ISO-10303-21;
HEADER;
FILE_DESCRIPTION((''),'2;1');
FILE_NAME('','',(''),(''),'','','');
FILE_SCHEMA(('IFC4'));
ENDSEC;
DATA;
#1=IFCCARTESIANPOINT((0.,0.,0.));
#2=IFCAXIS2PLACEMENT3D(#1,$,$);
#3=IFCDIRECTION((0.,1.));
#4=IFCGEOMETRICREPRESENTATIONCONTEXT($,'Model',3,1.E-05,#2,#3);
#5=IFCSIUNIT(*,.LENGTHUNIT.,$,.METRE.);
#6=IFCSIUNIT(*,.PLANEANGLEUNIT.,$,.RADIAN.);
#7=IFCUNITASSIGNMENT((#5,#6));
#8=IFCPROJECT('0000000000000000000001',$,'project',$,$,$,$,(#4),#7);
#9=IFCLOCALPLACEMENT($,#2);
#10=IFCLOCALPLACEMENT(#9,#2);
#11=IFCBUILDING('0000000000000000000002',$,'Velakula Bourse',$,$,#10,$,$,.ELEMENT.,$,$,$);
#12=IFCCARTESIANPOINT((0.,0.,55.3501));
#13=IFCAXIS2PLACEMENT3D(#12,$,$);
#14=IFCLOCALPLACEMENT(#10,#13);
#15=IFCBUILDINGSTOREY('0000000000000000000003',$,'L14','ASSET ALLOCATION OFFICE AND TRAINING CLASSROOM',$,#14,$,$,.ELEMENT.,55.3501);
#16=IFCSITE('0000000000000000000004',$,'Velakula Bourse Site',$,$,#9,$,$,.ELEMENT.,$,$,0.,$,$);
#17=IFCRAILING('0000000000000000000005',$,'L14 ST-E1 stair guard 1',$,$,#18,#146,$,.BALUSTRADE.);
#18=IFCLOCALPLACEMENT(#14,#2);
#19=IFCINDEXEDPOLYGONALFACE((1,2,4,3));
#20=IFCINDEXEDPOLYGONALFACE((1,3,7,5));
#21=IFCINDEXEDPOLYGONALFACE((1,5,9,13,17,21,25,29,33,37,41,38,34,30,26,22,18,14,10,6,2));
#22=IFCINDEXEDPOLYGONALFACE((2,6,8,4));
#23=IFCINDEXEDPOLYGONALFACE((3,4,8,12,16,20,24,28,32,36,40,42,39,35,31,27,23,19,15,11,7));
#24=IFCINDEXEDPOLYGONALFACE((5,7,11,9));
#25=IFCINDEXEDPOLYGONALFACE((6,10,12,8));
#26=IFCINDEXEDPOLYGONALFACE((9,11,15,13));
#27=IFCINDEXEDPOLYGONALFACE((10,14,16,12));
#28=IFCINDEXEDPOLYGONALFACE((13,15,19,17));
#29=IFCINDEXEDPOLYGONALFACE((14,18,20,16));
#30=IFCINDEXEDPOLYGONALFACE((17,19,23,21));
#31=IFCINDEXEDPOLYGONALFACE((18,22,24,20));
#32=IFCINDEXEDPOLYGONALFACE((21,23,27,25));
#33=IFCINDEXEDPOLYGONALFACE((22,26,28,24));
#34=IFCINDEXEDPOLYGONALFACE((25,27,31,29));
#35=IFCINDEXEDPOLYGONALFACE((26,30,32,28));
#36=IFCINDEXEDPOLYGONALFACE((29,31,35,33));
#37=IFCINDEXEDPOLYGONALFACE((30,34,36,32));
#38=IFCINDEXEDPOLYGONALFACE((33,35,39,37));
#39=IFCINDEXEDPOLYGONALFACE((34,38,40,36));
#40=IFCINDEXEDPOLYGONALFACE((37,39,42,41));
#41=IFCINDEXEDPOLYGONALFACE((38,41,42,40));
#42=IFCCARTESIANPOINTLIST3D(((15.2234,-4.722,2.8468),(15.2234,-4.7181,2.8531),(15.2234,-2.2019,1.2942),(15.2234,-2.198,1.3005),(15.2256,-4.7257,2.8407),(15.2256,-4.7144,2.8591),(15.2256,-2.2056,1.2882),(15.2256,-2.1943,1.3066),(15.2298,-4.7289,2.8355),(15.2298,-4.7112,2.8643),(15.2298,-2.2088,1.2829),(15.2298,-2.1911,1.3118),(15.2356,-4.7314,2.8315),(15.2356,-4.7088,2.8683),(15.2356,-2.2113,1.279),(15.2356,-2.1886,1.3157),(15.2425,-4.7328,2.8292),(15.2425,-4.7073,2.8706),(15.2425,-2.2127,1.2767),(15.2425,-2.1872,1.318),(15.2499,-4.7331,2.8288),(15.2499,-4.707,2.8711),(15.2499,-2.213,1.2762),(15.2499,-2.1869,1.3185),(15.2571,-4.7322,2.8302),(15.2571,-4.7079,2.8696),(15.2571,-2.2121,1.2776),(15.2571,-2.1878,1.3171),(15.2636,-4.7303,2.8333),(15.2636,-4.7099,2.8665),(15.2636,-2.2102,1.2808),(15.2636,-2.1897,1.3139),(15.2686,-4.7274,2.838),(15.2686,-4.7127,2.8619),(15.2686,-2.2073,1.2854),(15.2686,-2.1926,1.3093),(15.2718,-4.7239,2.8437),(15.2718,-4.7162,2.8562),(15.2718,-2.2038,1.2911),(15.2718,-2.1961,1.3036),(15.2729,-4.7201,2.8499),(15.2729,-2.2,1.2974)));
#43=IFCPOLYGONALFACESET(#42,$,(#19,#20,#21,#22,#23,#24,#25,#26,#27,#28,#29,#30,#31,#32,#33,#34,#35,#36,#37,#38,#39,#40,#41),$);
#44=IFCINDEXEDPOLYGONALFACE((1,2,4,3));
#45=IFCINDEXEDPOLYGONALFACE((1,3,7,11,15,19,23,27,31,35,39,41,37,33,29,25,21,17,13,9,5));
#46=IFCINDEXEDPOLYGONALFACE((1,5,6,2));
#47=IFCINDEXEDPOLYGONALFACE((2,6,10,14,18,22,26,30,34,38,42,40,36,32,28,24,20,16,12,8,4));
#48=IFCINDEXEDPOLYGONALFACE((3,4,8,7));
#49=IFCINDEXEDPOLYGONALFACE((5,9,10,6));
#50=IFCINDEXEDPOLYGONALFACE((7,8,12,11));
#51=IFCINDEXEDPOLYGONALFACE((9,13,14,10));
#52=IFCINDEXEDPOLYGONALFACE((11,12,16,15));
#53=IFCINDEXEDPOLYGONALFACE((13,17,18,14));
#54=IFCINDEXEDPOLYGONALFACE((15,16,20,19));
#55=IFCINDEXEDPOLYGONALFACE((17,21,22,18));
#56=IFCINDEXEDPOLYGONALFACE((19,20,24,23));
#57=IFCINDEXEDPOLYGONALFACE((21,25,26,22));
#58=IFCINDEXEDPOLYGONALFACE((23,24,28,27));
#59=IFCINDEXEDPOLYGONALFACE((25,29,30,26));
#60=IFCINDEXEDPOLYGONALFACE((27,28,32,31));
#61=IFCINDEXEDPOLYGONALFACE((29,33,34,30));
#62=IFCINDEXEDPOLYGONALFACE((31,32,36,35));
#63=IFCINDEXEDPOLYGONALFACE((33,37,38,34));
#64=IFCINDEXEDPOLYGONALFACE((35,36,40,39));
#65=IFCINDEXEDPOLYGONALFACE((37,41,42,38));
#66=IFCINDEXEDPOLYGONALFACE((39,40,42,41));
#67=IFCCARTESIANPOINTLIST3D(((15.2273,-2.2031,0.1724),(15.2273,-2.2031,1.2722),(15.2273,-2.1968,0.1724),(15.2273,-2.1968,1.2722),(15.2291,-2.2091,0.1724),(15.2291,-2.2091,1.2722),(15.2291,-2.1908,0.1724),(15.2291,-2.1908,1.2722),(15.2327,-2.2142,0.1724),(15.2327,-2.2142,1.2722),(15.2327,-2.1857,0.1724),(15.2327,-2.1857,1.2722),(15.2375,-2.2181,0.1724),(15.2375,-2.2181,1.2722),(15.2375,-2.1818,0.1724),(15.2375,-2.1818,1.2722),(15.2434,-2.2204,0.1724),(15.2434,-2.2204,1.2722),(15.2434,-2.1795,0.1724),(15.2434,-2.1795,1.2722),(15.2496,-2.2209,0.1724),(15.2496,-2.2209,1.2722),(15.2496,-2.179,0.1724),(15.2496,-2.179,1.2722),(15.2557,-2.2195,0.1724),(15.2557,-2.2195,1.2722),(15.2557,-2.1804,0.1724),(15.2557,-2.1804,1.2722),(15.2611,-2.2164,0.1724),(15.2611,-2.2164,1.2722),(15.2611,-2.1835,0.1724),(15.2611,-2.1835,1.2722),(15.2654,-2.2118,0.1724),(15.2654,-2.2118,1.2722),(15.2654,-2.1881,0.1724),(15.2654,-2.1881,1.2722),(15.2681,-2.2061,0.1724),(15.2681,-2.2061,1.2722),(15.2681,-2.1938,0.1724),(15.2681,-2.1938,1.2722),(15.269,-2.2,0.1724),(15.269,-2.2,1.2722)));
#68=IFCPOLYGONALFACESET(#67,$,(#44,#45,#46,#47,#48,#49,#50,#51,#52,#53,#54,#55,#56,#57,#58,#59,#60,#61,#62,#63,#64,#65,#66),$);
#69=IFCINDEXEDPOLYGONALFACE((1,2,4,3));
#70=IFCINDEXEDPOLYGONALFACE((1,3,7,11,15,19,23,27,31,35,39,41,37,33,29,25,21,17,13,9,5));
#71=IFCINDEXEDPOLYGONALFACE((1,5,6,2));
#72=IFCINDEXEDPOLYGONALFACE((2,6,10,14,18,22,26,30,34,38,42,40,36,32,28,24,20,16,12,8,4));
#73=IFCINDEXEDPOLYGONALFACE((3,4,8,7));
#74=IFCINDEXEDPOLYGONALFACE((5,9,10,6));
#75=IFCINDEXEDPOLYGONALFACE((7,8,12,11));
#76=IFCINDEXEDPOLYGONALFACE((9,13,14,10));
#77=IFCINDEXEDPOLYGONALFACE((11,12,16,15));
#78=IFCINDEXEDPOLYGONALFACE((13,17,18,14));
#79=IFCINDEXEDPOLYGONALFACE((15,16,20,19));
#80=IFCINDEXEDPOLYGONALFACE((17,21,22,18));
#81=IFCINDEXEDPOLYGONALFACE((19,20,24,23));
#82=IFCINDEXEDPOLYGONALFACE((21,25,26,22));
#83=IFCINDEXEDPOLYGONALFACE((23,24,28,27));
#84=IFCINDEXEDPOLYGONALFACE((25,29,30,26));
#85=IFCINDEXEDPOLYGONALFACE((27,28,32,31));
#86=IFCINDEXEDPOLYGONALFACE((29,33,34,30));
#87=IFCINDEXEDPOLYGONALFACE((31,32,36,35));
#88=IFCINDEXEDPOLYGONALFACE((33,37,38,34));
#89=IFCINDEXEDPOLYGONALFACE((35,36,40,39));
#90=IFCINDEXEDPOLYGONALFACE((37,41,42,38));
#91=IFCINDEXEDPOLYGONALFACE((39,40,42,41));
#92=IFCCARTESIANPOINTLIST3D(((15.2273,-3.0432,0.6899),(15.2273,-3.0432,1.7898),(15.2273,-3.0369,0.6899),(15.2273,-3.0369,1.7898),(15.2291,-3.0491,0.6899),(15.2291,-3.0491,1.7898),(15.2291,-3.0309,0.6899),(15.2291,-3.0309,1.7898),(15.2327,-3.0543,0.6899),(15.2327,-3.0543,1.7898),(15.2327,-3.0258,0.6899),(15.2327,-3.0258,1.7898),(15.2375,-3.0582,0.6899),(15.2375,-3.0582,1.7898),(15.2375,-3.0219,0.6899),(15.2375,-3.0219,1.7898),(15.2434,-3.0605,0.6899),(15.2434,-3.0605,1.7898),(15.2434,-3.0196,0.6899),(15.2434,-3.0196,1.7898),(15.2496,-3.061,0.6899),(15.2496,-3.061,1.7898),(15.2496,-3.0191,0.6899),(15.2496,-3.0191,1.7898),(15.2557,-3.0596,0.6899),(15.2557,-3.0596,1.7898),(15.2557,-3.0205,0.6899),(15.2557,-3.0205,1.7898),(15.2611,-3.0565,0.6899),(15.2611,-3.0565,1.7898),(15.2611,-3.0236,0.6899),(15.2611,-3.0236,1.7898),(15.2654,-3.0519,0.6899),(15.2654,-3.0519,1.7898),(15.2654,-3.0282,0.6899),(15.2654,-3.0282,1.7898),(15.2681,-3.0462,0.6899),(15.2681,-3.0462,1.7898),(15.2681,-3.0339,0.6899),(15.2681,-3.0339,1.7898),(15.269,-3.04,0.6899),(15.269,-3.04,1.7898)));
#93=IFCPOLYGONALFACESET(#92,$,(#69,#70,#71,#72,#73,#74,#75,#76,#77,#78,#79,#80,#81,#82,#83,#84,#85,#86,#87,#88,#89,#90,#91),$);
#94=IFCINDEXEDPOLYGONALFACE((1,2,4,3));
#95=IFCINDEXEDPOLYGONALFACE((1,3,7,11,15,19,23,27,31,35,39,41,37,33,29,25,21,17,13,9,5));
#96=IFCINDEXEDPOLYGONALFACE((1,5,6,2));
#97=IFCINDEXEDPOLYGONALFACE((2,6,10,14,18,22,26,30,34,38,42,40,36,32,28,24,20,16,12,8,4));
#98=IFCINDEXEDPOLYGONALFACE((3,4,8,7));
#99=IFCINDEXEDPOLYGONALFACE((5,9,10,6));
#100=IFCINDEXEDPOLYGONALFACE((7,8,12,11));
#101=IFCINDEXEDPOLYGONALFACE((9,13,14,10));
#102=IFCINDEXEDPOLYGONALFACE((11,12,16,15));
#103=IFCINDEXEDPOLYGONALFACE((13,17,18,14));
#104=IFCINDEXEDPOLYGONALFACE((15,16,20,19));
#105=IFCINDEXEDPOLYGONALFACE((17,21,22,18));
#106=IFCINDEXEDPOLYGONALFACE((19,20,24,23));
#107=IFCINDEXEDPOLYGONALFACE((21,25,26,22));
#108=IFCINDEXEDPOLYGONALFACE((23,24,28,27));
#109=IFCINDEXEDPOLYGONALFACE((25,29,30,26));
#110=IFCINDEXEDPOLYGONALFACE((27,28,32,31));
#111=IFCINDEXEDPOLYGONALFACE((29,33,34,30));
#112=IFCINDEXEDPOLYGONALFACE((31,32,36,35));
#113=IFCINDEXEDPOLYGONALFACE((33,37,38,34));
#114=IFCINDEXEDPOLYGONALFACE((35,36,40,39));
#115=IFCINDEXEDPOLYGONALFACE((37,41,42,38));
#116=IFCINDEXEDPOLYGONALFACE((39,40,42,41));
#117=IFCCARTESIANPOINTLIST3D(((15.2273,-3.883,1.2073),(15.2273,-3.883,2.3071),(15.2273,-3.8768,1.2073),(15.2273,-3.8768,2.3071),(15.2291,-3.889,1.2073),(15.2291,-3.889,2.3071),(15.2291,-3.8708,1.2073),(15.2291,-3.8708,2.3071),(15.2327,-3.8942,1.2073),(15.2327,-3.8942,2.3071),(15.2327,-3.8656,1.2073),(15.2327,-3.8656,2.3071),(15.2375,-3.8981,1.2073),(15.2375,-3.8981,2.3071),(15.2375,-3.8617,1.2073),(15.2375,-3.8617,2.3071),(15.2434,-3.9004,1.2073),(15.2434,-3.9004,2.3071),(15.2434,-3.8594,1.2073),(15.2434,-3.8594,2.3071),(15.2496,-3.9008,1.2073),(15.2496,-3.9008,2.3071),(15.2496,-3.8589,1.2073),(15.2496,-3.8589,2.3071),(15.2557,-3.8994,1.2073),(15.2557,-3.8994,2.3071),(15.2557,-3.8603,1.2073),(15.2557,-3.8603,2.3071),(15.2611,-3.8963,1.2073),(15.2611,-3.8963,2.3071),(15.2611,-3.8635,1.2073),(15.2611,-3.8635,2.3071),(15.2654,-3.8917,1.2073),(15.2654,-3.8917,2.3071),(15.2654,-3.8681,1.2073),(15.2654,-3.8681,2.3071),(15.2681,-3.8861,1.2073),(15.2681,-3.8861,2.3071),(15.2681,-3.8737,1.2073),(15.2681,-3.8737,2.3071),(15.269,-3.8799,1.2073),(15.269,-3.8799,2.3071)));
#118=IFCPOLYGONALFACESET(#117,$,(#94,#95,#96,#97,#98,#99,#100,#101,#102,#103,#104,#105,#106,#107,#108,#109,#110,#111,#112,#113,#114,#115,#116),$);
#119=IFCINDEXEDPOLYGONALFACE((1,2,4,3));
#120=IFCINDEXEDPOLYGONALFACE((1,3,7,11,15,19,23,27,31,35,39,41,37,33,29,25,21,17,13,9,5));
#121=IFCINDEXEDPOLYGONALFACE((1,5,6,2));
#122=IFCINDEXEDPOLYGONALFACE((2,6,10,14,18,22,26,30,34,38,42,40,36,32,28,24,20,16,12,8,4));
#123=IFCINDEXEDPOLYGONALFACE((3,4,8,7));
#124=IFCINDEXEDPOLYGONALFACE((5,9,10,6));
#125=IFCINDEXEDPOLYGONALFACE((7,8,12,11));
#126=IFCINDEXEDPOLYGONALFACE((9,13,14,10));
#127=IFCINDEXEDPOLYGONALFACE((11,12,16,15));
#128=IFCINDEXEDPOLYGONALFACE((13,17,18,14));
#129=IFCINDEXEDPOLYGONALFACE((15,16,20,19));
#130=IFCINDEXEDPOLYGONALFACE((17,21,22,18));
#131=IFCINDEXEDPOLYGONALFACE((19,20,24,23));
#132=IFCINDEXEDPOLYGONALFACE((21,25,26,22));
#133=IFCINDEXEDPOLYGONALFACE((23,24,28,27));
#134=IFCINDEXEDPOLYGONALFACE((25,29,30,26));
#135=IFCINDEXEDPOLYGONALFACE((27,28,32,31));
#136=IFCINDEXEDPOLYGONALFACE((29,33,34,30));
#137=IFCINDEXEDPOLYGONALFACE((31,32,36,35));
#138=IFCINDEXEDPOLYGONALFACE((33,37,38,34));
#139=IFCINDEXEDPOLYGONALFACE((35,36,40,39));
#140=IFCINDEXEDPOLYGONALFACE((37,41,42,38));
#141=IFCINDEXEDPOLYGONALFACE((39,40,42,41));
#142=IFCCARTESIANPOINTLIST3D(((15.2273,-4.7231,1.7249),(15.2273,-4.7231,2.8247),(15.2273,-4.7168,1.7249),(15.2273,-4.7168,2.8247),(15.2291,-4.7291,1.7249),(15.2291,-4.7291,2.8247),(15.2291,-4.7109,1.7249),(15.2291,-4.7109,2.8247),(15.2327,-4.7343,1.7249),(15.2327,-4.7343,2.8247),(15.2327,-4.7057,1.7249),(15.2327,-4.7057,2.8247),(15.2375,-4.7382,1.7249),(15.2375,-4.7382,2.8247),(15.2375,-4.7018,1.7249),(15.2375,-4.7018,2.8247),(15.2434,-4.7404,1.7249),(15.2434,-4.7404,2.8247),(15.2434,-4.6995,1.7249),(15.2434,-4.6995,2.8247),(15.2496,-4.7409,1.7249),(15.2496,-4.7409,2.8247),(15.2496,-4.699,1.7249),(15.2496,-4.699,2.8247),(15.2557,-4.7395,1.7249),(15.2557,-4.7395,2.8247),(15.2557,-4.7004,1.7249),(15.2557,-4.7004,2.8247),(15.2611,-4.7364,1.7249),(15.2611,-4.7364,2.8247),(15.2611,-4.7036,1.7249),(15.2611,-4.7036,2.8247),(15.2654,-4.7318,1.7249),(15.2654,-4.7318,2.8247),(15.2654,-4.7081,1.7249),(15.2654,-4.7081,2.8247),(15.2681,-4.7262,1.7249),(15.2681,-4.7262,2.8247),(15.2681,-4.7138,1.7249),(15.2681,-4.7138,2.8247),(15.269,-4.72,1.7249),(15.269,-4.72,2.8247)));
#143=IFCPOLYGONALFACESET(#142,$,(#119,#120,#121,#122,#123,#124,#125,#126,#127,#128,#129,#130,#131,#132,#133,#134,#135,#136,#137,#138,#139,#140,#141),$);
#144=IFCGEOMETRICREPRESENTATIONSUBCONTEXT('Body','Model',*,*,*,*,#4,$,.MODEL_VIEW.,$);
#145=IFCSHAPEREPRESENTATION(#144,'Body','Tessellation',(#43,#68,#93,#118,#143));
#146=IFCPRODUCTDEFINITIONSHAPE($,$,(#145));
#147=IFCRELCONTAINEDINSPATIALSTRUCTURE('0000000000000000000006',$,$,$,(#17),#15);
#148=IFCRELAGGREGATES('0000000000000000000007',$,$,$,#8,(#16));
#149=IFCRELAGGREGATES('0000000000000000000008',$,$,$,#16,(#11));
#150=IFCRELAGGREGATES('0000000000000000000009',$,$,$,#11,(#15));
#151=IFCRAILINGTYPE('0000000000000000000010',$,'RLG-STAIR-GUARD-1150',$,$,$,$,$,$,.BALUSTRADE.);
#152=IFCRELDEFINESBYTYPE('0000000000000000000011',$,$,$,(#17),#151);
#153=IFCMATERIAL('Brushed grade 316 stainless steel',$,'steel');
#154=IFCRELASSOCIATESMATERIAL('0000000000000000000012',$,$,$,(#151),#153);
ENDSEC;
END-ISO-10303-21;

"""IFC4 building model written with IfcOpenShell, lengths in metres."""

from ifc_helpers import new_model, si_unit, direction, frame, origin, origin_2d, place, context, subcontext, project, spatial, circle, extrude, material, type_object, element, save


model = new_model("IFC4")

# Units and contexts
model_context = context("Model", 3, precision=1e-05, world=origin(), true_north=direction((0.0, 1.0)))
body_context = subcontext(model_context, "Body", "Model", "MODEL_VIEW")
ifc_project = project(units=[si_unit("LENGTHUNIT", "METRE"), si_unit("PLANEANGLEUNIT", "RADIAN")], contexts=[model_context])

# Site, building, storey
site_placement = place(None, origin())
site = spatial("IfcSite", under=ifc_project, at=site_placement, Name="Velakula Bourse Site", CompositionType="ELEMENT", RefElevation=0.0)
building_placement = place(site_placement, origin())
building = spatial("IfcBuilding", under=site, at=building_placement, Name="Velakula Bourse", CompositionType="ELEMENT")
storey_placement = place(building_placement, frame((0.0, 0.0, 55.3501)))
storey = spatial("IfcBuildingStorey", under=building, at=storey_placement, Name="L14", Description="ASSET ALLOCATION OFFICE AND TRAINING CLASSROOM", CompositionType="ELEMENT", Elevation=55.3501)

# Shared definitions
ifc_material_1 = material(Name="Brushed grade 316 stainless steel", Category="steel")

# Railing
railing_type_1 = type_object("IfcRailingType", Name="RLG-STAIR-GUARD-1150", PredefinedType="BALUSTRADE", material=ifc_material_1)
railing_1_placement = place(storey_placement, frame((15.248, -2.2, 0.1724)))
element("IfcRailing", 1, at=railing_1_placement, inside=storey, type_object=railing_type_1, Name="L14 ST-E1 stair guard 1", PredefinedType="BALUSTRADE", context=body_context, shape_type="SweptSolid", body=[
    extrude(circle(Radius=0.0249, at=origin_2d()), frame((0.0, 0.0, 1.125), z_axis=(0.0, -0.8514, 0.524516), x_axis=(1.0, 0.0, 0.0)), (0.0, 0.0, 1.0), 2.96),
    extrude(circle(Radius=0.021, at=origin_2d()), origin(), (0.0, 0.0, 1.0), 1.0999),
    extrude(circle(Radius=0.021, at=origin_2d()), frame((0.0, -0.8401, 0.5176)), (0.0, 0.0, 1.0), 1.0999),
    extrude(circle(Radius=0.021, at=origin_2d()), frame((0.0, -1.6799, 1.0349)), (0.0, 0.0, 1.0), 1.0999),
    extrude(circle(Radius=0.021, at=origin_2d()), frame((0.0, -2.52, 1.5525)), (0.0, 0.0, 1.0), 1.0999),
])

save(model, "model.ifc")
